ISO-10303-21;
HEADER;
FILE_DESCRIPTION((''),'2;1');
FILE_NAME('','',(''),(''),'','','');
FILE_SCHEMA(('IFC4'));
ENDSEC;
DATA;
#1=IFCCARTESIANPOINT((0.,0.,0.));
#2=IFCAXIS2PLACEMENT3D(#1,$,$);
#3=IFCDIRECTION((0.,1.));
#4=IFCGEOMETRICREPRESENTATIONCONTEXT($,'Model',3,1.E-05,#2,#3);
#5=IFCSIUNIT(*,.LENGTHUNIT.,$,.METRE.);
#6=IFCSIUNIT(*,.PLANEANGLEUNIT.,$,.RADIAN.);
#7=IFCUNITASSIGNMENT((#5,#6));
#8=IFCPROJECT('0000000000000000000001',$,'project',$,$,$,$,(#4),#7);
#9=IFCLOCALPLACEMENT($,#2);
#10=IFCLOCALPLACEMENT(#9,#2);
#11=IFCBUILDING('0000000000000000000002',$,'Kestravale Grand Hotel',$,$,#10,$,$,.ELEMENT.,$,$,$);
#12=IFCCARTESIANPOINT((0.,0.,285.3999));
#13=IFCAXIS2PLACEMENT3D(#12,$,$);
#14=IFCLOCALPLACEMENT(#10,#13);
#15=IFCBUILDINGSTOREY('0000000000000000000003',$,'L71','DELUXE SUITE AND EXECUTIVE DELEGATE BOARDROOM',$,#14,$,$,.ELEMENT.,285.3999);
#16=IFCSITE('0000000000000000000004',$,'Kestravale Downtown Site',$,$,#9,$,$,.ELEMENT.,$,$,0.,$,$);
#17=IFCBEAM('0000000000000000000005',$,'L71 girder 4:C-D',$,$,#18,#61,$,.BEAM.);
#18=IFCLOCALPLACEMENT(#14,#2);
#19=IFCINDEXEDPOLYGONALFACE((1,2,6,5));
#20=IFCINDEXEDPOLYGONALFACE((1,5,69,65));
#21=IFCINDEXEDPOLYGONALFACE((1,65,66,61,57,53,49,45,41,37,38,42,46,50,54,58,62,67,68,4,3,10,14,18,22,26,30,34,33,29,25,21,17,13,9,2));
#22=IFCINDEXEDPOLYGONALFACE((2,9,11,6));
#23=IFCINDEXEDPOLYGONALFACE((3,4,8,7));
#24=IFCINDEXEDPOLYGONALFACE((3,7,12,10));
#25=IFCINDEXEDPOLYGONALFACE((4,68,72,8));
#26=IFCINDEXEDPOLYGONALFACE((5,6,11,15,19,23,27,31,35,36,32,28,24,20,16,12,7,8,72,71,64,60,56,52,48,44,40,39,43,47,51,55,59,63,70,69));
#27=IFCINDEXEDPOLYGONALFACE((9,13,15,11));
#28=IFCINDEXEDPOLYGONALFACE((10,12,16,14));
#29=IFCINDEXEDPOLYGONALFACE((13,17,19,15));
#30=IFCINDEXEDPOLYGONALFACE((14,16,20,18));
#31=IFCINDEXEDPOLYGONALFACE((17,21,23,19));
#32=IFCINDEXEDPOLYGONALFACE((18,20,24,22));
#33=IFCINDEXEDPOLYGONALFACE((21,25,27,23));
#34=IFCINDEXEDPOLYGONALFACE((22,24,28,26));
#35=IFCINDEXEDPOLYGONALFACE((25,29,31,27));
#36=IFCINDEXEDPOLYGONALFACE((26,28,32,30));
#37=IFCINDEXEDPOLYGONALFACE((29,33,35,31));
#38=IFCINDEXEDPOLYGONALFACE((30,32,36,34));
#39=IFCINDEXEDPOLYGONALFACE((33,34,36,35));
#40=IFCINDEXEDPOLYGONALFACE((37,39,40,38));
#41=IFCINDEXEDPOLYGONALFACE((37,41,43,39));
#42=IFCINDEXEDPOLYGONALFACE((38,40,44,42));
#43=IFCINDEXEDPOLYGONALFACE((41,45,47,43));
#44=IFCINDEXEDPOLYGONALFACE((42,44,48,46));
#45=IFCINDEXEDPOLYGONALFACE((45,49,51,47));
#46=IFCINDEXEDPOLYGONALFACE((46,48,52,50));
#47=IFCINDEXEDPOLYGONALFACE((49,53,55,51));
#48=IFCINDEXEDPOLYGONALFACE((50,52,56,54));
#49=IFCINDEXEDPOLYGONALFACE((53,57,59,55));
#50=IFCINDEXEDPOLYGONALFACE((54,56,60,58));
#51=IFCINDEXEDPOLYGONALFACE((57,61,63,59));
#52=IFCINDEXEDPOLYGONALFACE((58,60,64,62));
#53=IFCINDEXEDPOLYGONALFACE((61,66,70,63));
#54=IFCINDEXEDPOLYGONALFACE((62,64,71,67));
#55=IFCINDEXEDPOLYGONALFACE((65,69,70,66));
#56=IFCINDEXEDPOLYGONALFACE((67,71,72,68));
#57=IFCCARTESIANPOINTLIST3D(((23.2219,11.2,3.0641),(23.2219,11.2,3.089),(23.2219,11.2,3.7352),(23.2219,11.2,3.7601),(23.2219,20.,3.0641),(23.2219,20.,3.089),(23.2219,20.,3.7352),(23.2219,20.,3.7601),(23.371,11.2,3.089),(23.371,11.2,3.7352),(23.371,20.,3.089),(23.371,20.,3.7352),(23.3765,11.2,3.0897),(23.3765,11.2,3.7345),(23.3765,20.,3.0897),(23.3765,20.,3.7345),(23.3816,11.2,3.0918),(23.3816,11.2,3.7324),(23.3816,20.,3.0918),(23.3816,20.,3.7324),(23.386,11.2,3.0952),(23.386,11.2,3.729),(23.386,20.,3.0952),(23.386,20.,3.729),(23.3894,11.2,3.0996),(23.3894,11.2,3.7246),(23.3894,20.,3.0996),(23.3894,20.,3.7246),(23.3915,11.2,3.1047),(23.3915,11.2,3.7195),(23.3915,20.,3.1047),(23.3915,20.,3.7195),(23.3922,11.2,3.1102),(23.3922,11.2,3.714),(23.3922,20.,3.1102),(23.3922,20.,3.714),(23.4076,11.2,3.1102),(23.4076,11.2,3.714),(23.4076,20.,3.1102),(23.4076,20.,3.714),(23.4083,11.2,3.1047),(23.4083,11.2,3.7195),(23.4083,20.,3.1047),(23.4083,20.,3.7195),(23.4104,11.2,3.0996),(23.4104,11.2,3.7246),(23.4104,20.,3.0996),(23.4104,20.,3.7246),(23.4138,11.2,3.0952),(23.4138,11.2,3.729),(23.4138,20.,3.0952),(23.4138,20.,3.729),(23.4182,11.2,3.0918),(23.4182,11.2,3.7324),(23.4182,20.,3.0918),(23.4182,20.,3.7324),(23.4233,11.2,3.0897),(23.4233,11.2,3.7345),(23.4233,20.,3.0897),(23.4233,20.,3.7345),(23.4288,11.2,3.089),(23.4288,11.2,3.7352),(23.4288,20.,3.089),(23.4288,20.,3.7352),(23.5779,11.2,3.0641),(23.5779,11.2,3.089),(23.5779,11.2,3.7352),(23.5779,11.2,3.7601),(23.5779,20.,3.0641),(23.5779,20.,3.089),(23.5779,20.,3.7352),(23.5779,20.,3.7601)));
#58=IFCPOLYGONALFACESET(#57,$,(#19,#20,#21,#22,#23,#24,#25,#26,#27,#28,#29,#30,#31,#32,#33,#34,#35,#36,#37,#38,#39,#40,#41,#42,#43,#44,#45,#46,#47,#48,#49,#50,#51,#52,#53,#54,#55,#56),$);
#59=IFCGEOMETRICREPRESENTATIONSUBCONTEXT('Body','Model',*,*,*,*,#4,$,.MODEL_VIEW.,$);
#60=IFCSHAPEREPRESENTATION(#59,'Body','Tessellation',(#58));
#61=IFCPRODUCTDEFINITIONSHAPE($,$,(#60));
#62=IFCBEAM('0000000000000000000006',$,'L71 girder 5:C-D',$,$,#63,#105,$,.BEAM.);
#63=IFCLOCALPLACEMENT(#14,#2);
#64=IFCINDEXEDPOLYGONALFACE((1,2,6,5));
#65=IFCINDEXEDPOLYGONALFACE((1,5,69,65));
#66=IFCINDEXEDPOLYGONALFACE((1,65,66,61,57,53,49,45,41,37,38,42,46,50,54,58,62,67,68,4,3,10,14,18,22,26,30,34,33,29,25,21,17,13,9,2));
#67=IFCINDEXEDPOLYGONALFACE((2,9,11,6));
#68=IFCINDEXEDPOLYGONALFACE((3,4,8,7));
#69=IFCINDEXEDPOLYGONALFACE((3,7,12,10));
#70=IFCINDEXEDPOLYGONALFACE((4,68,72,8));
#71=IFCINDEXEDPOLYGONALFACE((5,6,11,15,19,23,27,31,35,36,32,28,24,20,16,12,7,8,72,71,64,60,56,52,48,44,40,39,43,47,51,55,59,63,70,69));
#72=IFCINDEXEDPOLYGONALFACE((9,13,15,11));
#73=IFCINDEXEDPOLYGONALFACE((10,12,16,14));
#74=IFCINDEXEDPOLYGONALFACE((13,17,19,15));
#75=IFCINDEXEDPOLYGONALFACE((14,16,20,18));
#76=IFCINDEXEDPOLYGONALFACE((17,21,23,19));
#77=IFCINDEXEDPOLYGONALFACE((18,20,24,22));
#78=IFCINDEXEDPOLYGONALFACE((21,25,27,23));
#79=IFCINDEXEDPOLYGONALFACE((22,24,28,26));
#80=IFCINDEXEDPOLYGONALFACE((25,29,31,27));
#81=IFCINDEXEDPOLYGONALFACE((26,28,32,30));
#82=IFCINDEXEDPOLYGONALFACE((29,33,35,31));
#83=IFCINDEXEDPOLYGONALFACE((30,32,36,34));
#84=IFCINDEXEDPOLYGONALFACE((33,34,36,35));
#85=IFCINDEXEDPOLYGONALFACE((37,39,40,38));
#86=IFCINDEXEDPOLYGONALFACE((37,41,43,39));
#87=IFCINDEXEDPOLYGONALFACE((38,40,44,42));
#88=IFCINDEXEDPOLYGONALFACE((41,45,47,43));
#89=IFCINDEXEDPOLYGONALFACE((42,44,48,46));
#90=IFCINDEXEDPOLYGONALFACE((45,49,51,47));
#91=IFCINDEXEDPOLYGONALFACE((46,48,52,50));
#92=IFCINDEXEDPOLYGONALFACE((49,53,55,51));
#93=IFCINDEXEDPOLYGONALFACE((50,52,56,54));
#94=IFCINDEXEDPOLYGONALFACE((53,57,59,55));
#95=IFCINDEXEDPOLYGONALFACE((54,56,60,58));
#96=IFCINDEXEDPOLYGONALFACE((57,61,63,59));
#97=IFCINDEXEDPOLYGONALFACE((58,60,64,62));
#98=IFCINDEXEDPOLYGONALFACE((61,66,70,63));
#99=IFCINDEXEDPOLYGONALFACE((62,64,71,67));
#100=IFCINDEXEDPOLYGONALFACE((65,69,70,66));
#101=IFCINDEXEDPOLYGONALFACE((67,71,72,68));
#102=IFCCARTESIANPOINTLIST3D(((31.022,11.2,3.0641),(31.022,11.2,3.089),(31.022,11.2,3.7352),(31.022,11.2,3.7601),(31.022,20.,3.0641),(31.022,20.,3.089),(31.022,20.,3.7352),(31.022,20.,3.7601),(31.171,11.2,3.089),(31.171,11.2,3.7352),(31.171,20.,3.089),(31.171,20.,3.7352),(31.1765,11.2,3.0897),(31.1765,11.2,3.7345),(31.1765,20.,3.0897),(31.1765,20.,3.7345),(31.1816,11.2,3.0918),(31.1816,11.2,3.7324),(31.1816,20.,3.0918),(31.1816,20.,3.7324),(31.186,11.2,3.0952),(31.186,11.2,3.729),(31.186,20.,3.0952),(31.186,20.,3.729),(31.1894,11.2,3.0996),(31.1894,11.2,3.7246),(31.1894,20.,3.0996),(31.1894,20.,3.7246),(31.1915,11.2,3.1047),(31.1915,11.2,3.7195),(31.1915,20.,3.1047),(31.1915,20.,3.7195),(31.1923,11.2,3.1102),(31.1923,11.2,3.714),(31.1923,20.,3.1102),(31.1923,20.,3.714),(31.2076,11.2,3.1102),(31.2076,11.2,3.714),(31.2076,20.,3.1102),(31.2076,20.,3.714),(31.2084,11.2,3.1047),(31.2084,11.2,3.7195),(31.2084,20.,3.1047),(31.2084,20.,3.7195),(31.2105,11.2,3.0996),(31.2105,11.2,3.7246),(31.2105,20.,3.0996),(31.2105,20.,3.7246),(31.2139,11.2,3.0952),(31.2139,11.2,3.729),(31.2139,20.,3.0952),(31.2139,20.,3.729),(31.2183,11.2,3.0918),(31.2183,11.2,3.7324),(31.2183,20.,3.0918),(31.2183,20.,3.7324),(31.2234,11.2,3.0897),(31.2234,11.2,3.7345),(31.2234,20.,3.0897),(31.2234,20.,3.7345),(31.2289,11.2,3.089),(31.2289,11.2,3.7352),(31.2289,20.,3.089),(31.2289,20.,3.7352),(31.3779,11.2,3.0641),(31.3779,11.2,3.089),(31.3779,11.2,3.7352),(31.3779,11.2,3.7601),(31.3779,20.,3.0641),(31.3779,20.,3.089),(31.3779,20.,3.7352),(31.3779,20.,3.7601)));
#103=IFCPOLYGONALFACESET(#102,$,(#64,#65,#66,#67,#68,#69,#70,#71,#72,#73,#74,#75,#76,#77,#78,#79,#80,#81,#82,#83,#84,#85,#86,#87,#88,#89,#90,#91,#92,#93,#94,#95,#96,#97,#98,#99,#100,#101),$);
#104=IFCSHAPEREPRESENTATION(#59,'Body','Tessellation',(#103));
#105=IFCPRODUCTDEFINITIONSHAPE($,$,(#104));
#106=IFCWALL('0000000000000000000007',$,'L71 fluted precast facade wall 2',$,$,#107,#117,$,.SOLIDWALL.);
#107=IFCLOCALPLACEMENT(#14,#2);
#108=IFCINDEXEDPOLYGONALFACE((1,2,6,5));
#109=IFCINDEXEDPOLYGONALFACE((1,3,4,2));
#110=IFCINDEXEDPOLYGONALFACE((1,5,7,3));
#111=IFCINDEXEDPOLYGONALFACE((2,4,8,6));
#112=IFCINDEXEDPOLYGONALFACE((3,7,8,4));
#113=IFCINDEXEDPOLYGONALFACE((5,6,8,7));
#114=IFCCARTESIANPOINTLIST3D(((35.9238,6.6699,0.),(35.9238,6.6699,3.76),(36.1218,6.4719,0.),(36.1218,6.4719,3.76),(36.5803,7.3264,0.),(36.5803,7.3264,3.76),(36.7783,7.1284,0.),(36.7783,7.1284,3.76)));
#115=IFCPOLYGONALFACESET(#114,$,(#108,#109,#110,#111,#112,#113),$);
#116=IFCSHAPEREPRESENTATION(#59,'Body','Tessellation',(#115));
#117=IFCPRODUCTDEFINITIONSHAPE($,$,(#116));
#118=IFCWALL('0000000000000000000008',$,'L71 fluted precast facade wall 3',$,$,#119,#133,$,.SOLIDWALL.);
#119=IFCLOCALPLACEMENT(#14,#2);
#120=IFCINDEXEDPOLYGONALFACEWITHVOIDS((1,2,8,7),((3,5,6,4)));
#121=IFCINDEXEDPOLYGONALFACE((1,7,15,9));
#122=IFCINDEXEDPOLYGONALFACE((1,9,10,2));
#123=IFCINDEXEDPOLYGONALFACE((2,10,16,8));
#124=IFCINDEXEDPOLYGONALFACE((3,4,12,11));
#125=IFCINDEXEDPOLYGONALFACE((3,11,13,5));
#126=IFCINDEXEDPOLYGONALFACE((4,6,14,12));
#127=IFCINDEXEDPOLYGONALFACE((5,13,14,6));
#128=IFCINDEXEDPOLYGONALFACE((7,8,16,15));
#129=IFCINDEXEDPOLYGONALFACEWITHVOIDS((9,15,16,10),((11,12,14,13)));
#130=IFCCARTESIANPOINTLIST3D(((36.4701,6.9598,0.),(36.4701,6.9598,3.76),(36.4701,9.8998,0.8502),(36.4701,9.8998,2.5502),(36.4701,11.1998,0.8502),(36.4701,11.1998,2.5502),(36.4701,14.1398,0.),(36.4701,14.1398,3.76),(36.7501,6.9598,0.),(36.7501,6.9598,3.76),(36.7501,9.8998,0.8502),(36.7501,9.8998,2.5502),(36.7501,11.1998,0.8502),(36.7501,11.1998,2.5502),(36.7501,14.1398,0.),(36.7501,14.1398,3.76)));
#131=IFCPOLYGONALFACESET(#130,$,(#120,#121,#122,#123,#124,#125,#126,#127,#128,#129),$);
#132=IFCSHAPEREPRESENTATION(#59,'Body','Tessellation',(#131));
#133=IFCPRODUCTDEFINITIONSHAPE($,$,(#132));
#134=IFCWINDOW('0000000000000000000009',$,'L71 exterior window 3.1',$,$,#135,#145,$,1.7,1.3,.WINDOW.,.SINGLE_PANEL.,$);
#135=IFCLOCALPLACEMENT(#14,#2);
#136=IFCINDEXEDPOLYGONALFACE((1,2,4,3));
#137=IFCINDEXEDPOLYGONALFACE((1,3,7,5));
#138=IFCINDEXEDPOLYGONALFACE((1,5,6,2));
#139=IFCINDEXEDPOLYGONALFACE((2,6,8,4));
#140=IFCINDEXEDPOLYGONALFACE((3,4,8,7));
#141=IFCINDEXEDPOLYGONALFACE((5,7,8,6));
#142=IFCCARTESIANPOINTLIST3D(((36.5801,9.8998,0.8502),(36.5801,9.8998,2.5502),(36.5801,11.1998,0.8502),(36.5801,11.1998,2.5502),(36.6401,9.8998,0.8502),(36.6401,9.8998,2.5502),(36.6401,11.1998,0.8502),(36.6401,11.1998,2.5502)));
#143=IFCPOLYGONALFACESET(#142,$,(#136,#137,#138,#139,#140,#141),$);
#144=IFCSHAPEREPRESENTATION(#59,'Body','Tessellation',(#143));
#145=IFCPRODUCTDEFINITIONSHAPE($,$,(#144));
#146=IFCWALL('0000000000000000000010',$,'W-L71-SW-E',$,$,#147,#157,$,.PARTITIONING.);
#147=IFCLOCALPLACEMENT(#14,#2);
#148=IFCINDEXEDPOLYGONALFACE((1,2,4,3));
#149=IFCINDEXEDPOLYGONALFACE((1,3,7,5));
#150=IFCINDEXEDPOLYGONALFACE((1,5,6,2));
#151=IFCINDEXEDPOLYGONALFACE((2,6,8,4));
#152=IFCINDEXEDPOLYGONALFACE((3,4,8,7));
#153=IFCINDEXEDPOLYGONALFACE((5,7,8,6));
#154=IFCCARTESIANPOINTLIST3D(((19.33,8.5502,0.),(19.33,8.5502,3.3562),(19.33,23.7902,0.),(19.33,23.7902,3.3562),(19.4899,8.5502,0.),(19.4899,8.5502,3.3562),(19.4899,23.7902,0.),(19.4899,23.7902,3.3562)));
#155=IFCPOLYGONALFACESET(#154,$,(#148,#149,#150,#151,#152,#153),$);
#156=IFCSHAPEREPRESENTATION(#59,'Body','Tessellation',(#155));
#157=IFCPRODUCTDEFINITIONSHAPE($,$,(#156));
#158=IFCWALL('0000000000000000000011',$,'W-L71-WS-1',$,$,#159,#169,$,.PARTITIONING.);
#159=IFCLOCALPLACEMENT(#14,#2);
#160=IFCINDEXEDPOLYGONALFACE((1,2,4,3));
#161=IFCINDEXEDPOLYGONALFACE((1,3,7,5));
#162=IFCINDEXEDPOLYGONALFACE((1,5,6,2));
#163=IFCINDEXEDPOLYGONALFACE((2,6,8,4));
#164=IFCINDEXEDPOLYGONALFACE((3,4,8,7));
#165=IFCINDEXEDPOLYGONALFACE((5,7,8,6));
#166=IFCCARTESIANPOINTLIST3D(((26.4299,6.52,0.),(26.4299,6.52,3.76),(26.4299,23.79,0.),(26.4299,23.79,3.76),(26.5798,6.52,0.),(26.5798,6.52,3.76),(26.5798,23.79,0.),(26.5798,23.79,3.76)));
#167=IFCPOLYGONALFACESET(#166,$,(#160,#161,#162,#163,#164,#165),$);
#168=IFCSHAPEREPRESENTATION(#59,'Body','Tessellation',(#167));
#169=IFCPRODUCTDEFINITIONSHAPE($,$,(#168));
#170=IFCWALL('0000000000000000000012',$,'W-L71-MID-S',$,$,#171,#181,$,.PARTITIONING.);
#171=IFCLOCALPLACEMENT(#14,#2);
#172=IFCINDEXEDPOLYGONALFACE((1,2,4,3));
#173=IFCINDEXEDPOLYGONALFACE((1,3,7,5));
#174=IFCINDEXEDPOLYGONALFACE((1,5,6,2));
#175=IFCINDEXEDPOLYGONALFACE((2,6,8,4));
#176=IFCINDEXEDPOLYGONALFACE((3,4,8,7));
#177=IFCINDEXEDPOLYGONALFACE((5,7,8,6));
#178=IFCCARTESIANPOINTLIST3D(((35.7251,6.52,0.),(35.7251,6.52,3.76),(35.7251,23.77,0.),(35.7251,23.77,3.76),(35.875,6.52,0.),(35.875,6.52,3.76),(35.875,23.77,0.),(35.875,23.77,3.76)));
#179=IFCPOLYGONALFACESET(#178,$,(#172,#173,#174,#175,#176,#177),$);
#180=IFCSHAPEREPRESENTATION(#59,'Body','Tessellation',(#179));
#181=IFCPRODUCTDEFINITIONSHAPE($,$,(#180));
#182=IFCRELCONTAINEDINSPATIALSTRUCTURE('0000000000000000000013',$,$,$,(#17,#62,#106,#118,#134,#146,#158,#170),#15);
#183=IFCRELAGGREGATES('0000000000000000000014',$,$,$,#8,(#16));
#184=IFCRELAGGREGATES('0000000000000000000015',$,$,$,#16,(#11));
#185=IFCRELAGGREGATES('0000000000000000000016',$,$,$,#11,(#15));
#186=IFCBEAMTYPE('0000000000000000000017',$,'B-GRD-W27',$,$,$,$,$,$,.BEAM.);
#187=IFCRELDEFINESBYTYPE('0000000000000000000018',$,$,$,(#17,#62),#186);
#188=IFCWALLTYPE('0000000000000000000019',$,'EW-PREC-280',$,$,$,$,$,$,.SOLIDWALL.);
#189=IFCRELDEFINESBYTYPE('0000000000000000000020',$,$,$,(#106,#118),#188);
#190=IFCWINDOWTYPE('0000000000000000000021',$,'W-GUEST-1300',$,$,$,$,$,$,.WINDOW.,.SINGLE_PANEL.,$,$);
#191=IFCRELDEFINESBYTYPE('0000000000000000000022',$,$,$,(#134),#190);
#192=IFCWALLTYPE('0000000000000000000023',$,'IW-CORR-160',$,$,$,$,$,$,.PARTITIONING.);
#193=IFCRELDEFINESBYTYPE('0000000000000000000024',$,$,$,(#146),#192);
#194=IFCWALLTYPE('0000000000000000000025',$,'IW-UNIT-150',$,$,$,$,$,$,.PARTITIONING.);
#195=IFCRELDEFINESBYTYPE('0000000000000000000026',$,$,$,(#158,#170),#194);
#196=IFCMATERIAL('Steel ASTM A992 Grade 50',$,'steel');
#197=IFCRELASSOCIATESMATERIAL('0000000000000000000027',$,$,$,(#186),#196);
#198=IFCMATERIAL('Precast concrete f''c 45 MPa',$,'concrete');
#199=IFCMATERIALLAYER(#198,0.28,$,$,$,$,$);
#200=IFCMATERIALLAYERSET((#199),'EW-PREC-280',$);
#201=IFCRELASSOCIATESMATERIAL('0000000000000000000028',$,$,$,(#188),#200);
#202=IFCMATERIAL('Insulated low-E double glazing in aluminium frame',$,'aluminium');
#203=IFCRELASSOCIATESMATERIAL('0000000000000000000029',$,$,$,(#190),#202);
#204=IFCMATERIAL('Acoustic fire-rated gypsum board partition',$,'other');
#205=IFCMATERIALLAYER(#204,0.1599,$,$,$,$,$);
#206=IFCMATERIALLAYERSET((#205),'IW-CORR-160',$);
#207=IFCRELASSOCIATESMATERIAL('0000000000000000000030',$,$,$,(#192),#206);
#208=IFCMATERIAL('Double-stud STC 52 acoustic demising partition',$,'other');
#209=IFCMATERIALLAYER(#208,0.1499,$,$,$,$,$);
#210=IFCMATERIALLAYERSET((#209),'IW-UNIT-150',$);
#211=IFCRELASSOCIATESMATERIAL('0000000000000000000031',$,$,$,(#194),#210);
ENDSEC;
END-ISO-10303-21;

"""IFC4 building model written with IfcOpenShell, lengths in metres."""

from ifc_helpers import new_model, si_unit, direction, frame, frame_2d, origin, origin_2d, place, context, subcontext, project, spatial, rectangle, i_section, extrude, material, layer, layer_set, material_profile, profile_set, type_object, element, fill, save


model = new_model("IFC4")

# Units and contexts
model_context = context("Model", 3, precision=1e-05, world=origin(), true_north=direction((0.0, 1.0)))
body_context = subcontext(model_context, "Body", "Model", "MODEL_VIEW")
ifc_project = project(units=[si_unit("LENGTHUNIT", "METRE"), si_unit("PLANEANGLEUNIT", "RADIAN")], contexts=[model_context])

# Site, building, storey
site_placement = place(None, origin())
site = spatial("IfcSite", under=ifc_project, at=site_placement, Name="Kestravale Downtown Site", CompositionType="ELEMENT", RefElevation=0.0)
building_placement = place(site_placement, origin())
building = spatial("IfcBuilding", under=site, at=building_placement, Name="Kestravale Grand Hotel", CompositionType="ELEMENT")
storey_placement = place(building_placement, frame((0.0, 0.0, 285.3999)))
storey = spatial("IfcBuildingStorey", under=building, at=storey_placement, Name="L71", Description="DELUXE SUITE AND EXECUTIVE DELEGATE BOARDROOM", CompositionType="ELEMENT", Elevation=285.3999)

# Beams
ifc_material_1 = material(Name="Steel ASTM A992 Grade 50", Category="steel")
ifc_material_profile_1 = material_profile(ifc_material_1, i_section(OverallWidth=0.356, OverallDepth=0.696, WebThickness=0.0154, FlangeThickness=0.0249, FilletRadius=0.0212, at=origin_2d()))
ifc_profile_set_1 = profile_set([ifc_material_profile_1], Name="Steel ASTM A992 Grade 50")
beam_type_1 = type_object("IfcBeamType", Name="B-GRD-W27", PredefinedType="BEAM", material=ifc_profile_set_1)
for number, where, z_axis, x_axis, name in (
    (1, (23.3999, 11.2, 3.4121), (0.0, 1.0, 0.0), (-1.0, 0.0, 0.0), "L71 girder 4:C-D"),
    (2, (31.2, 11.2, 3.4121), (0.0, 1.0, 0.0), (-1.0, 0.0, 0.0), "L71 girder 5:C-D"),
):
    element("IfcBeam", number, at=place(storey_placement, frame(where, z_axis=z_axis, x_axis=x_axis)), inside=storey, type_object=beam_type_1, Name=name, PredefinedType="BEAM", context=body_context, shape_type="SweptSolid", body=[
        extrude(i_section(OverallWidth=0.356, OverallDepth=0.696, WebThickness=0.0154, FlangeThickness=0.0249, FilletRadius=0.0212, at=origin_2d()), origin(), (0.0, 0.0, 1.0), 8.8),
    ])

# Wall
ifc_material_2 = material(Name="Precast concrete f'c 45 MPa", Category="concrete")
ifc_layer_1 = layer(ifc_material_2, 0.28)
ifc_layer_set_1 = layer_set([ifc_layer_1], Name="EW-PREC-280")
wall_type_1 = type_object("IfcWallType", Name="EW-PREC-280", PredefinedType="SOLIDWALL", material=ifc_layer_set_1)
wall_1_placement = place(storey_placement, frame((36.0227, 6.5708, 0.0), z_axis=(0.0, 0.0, 1.0), x_axis=(0.707107, 0.707107, 0.0)))
element("IfcWall", 3, at=wall_1_placement, inside=storey, type_object=wall_type_1, Name="L71 fluted precast facade wall 2", PredefinedType="SOLIDWALL", context=body_context, shape_type="SweptSolid", body=[
    extrude(rectangle(XDim=0.9285, YDim=0.28, at=frame_2d((0.4644, 0.0))), origin(), (0.0, 0.0, 1.0), 3.76),
])

# Wall, opening, window
wall_2_placement = place(storey_placement, frame((36.6101, 6.96, 0.0), z_axis=(0.0, 0.0, 1.0), x_axis=(0.0, 1.0, 0.0)))
wall_2 = element("IfcWall", 4, at=wall_2_placement, inside=storey, type_object=wall_type_1, Name="L71 fluted precast facade wall 3", PredefinedType="SOLIDWALL", context=body_context, shape_type="SweptSolid", body=[
    extrude(rectangle(XDim=7.1799, YDim=0.28, at=frame_2d((3.5898, 0.0))), origin(), (0.0, 0.0, 1.0), 3.76),
])
opening_placement = place(wall_2_placement, frame((2.9399, 0.0, 0.8501)))
opening = element("IfcOpeningElement", 5, at=opening_placement, cuts=wall_2, PredefinedType="OPENING", context=body_context, shape_type="SweptSolid", body=[
    extrude(rectangle(XDim=1.3, YDim=1.7, at=frame_2d((0.6499, 0.8501))), frame((0.0, 0.1499, 0.0), z_axis=(0.0, -1.0, 0.0), x_axis=(1.0, 0.0, 0.0)), (0.0, 0.0, 1.0), 0.3),
])
ifc_material_3 = material(Name="Insulated low-E double glazing in aluminium frame", Category="aluminium")
window_type = type_object("IfcWindowType", Name="W-GUEST-1300", PartitioningType="SINGLE_PANEL", PredefinedType="WINDOW", material=ifc_material_3)
window_placement = place(opening_placement, origin())
window = element("IfcWindow", 6, at=window_placement, inside=storey, type_object=window_type, Name="L71 exterior window 3.1", OverallHeight=1.7, OverallWidth=1.3, PartitioningType="SINGLE_PANEL", PredefinedType="WINDOW", context=body_context, shape_type="SweptSolid", body=[
    extrude(rectangle(XDim=1.3, YDim=1.7, at=frame_2d((0.6499, 0.8501))), frame((0.0, 0.03, 0.0), z_axis=(0.0, -1.0, 0.0), x_axis=(1.0, 0.0, 0.0)), (0.0, 0.0, 1.0), 0.0601),
])
fill(opening, window)

# Walls
ifc_material_4 = material(Name="Acoustic fire-rated gypsum board partition", Category="other")
ifc_layer_2 = layer(ifc_material_4, 0.1599)
ifc_layer_set_2 = layer_set([ifc_layer_2], Name="IW-CORR-160")
wall_type_2 = type_object("IfcWallType", Name="IW-CORR-160", PredefinedType="PARTITIONING", material=ifc_layer_set_2)
wall_3_placement = place(storey_placement, frame((19.4099, 8.55, 0.0), z_axis=(0.0, 0.0, 1.0), x_axis=(0.0, 1.0, 0.0)))
element("IfcWall", 7, at=wall_3_placement, inside=storey, type_object=wall_type_2, Name="W-L71-SW-E", PredefinedType="PARTITIONING", context=body_context, shape_type="SweptSolid", body=[
    extrude(rectangle(XDim=15.24, YDim=0.1599, at=frame_2d((7.6201, 0.0))), origin(), (0.0, 0.0, 1.0), 3.3562),
])
ifc_material_5 = material(Name="Double-stud STC 52 acoustic demising partition", Category="other")
ifc_layer_3 = layer(ifc_material_5, 0.1499)
ifc_layer_set_3 = layer_set([ifc_layer_3], Name="IW-UNIT-150")
wall_type_3 = type_object("IfcWallType", Name="IW-UNIT-150", PredefinedType="PARTITIONING", material=ifc_layer_set_3)
wall_4_placement = place(storey_placement, frame((26.5049, 6.52, 0.0), z_axis=(0.0, 0.0, 1.0), x_axis=(0.0, 1.0, 0.0)))
element("IfcWall", 8, at=wall_4_placement, inside=storey, type_object=wall_type_3, Name="W-L71-WS-1", PredefinedType="PARTITIONING", context=body_context, shape_type="SweptSolid", body=[
    extrude(rectangle(XDim=17.27, YDim=0.1499, at=frame_2d((8.635, 0.0))), origin(), (0.0, 0.0, 1.0), 3.76),
])
wall_5_placement = place(storey_placement, frame((35.8, 6.52, 0.0), z_axis=(0.0, 0.0, 1.0), x_axis=(0.0, 1.0, 0.0)))
element("IfcWall", 9, at=wall_5_placement, inside=storey, type_object=wall_type_3, Name="W-L71-MID-S", PredefinedType="PARTITIONING", context=body_context, shape_type="SweptSolid", body=[
    extrude(rectangle(XDim=17.25, YDim=0.1499, at=frame_2d((8.625, 0.0))), origin(), (0.0, 0.0, 1.0), 3.76),
])

save(model, "model.ifc")
